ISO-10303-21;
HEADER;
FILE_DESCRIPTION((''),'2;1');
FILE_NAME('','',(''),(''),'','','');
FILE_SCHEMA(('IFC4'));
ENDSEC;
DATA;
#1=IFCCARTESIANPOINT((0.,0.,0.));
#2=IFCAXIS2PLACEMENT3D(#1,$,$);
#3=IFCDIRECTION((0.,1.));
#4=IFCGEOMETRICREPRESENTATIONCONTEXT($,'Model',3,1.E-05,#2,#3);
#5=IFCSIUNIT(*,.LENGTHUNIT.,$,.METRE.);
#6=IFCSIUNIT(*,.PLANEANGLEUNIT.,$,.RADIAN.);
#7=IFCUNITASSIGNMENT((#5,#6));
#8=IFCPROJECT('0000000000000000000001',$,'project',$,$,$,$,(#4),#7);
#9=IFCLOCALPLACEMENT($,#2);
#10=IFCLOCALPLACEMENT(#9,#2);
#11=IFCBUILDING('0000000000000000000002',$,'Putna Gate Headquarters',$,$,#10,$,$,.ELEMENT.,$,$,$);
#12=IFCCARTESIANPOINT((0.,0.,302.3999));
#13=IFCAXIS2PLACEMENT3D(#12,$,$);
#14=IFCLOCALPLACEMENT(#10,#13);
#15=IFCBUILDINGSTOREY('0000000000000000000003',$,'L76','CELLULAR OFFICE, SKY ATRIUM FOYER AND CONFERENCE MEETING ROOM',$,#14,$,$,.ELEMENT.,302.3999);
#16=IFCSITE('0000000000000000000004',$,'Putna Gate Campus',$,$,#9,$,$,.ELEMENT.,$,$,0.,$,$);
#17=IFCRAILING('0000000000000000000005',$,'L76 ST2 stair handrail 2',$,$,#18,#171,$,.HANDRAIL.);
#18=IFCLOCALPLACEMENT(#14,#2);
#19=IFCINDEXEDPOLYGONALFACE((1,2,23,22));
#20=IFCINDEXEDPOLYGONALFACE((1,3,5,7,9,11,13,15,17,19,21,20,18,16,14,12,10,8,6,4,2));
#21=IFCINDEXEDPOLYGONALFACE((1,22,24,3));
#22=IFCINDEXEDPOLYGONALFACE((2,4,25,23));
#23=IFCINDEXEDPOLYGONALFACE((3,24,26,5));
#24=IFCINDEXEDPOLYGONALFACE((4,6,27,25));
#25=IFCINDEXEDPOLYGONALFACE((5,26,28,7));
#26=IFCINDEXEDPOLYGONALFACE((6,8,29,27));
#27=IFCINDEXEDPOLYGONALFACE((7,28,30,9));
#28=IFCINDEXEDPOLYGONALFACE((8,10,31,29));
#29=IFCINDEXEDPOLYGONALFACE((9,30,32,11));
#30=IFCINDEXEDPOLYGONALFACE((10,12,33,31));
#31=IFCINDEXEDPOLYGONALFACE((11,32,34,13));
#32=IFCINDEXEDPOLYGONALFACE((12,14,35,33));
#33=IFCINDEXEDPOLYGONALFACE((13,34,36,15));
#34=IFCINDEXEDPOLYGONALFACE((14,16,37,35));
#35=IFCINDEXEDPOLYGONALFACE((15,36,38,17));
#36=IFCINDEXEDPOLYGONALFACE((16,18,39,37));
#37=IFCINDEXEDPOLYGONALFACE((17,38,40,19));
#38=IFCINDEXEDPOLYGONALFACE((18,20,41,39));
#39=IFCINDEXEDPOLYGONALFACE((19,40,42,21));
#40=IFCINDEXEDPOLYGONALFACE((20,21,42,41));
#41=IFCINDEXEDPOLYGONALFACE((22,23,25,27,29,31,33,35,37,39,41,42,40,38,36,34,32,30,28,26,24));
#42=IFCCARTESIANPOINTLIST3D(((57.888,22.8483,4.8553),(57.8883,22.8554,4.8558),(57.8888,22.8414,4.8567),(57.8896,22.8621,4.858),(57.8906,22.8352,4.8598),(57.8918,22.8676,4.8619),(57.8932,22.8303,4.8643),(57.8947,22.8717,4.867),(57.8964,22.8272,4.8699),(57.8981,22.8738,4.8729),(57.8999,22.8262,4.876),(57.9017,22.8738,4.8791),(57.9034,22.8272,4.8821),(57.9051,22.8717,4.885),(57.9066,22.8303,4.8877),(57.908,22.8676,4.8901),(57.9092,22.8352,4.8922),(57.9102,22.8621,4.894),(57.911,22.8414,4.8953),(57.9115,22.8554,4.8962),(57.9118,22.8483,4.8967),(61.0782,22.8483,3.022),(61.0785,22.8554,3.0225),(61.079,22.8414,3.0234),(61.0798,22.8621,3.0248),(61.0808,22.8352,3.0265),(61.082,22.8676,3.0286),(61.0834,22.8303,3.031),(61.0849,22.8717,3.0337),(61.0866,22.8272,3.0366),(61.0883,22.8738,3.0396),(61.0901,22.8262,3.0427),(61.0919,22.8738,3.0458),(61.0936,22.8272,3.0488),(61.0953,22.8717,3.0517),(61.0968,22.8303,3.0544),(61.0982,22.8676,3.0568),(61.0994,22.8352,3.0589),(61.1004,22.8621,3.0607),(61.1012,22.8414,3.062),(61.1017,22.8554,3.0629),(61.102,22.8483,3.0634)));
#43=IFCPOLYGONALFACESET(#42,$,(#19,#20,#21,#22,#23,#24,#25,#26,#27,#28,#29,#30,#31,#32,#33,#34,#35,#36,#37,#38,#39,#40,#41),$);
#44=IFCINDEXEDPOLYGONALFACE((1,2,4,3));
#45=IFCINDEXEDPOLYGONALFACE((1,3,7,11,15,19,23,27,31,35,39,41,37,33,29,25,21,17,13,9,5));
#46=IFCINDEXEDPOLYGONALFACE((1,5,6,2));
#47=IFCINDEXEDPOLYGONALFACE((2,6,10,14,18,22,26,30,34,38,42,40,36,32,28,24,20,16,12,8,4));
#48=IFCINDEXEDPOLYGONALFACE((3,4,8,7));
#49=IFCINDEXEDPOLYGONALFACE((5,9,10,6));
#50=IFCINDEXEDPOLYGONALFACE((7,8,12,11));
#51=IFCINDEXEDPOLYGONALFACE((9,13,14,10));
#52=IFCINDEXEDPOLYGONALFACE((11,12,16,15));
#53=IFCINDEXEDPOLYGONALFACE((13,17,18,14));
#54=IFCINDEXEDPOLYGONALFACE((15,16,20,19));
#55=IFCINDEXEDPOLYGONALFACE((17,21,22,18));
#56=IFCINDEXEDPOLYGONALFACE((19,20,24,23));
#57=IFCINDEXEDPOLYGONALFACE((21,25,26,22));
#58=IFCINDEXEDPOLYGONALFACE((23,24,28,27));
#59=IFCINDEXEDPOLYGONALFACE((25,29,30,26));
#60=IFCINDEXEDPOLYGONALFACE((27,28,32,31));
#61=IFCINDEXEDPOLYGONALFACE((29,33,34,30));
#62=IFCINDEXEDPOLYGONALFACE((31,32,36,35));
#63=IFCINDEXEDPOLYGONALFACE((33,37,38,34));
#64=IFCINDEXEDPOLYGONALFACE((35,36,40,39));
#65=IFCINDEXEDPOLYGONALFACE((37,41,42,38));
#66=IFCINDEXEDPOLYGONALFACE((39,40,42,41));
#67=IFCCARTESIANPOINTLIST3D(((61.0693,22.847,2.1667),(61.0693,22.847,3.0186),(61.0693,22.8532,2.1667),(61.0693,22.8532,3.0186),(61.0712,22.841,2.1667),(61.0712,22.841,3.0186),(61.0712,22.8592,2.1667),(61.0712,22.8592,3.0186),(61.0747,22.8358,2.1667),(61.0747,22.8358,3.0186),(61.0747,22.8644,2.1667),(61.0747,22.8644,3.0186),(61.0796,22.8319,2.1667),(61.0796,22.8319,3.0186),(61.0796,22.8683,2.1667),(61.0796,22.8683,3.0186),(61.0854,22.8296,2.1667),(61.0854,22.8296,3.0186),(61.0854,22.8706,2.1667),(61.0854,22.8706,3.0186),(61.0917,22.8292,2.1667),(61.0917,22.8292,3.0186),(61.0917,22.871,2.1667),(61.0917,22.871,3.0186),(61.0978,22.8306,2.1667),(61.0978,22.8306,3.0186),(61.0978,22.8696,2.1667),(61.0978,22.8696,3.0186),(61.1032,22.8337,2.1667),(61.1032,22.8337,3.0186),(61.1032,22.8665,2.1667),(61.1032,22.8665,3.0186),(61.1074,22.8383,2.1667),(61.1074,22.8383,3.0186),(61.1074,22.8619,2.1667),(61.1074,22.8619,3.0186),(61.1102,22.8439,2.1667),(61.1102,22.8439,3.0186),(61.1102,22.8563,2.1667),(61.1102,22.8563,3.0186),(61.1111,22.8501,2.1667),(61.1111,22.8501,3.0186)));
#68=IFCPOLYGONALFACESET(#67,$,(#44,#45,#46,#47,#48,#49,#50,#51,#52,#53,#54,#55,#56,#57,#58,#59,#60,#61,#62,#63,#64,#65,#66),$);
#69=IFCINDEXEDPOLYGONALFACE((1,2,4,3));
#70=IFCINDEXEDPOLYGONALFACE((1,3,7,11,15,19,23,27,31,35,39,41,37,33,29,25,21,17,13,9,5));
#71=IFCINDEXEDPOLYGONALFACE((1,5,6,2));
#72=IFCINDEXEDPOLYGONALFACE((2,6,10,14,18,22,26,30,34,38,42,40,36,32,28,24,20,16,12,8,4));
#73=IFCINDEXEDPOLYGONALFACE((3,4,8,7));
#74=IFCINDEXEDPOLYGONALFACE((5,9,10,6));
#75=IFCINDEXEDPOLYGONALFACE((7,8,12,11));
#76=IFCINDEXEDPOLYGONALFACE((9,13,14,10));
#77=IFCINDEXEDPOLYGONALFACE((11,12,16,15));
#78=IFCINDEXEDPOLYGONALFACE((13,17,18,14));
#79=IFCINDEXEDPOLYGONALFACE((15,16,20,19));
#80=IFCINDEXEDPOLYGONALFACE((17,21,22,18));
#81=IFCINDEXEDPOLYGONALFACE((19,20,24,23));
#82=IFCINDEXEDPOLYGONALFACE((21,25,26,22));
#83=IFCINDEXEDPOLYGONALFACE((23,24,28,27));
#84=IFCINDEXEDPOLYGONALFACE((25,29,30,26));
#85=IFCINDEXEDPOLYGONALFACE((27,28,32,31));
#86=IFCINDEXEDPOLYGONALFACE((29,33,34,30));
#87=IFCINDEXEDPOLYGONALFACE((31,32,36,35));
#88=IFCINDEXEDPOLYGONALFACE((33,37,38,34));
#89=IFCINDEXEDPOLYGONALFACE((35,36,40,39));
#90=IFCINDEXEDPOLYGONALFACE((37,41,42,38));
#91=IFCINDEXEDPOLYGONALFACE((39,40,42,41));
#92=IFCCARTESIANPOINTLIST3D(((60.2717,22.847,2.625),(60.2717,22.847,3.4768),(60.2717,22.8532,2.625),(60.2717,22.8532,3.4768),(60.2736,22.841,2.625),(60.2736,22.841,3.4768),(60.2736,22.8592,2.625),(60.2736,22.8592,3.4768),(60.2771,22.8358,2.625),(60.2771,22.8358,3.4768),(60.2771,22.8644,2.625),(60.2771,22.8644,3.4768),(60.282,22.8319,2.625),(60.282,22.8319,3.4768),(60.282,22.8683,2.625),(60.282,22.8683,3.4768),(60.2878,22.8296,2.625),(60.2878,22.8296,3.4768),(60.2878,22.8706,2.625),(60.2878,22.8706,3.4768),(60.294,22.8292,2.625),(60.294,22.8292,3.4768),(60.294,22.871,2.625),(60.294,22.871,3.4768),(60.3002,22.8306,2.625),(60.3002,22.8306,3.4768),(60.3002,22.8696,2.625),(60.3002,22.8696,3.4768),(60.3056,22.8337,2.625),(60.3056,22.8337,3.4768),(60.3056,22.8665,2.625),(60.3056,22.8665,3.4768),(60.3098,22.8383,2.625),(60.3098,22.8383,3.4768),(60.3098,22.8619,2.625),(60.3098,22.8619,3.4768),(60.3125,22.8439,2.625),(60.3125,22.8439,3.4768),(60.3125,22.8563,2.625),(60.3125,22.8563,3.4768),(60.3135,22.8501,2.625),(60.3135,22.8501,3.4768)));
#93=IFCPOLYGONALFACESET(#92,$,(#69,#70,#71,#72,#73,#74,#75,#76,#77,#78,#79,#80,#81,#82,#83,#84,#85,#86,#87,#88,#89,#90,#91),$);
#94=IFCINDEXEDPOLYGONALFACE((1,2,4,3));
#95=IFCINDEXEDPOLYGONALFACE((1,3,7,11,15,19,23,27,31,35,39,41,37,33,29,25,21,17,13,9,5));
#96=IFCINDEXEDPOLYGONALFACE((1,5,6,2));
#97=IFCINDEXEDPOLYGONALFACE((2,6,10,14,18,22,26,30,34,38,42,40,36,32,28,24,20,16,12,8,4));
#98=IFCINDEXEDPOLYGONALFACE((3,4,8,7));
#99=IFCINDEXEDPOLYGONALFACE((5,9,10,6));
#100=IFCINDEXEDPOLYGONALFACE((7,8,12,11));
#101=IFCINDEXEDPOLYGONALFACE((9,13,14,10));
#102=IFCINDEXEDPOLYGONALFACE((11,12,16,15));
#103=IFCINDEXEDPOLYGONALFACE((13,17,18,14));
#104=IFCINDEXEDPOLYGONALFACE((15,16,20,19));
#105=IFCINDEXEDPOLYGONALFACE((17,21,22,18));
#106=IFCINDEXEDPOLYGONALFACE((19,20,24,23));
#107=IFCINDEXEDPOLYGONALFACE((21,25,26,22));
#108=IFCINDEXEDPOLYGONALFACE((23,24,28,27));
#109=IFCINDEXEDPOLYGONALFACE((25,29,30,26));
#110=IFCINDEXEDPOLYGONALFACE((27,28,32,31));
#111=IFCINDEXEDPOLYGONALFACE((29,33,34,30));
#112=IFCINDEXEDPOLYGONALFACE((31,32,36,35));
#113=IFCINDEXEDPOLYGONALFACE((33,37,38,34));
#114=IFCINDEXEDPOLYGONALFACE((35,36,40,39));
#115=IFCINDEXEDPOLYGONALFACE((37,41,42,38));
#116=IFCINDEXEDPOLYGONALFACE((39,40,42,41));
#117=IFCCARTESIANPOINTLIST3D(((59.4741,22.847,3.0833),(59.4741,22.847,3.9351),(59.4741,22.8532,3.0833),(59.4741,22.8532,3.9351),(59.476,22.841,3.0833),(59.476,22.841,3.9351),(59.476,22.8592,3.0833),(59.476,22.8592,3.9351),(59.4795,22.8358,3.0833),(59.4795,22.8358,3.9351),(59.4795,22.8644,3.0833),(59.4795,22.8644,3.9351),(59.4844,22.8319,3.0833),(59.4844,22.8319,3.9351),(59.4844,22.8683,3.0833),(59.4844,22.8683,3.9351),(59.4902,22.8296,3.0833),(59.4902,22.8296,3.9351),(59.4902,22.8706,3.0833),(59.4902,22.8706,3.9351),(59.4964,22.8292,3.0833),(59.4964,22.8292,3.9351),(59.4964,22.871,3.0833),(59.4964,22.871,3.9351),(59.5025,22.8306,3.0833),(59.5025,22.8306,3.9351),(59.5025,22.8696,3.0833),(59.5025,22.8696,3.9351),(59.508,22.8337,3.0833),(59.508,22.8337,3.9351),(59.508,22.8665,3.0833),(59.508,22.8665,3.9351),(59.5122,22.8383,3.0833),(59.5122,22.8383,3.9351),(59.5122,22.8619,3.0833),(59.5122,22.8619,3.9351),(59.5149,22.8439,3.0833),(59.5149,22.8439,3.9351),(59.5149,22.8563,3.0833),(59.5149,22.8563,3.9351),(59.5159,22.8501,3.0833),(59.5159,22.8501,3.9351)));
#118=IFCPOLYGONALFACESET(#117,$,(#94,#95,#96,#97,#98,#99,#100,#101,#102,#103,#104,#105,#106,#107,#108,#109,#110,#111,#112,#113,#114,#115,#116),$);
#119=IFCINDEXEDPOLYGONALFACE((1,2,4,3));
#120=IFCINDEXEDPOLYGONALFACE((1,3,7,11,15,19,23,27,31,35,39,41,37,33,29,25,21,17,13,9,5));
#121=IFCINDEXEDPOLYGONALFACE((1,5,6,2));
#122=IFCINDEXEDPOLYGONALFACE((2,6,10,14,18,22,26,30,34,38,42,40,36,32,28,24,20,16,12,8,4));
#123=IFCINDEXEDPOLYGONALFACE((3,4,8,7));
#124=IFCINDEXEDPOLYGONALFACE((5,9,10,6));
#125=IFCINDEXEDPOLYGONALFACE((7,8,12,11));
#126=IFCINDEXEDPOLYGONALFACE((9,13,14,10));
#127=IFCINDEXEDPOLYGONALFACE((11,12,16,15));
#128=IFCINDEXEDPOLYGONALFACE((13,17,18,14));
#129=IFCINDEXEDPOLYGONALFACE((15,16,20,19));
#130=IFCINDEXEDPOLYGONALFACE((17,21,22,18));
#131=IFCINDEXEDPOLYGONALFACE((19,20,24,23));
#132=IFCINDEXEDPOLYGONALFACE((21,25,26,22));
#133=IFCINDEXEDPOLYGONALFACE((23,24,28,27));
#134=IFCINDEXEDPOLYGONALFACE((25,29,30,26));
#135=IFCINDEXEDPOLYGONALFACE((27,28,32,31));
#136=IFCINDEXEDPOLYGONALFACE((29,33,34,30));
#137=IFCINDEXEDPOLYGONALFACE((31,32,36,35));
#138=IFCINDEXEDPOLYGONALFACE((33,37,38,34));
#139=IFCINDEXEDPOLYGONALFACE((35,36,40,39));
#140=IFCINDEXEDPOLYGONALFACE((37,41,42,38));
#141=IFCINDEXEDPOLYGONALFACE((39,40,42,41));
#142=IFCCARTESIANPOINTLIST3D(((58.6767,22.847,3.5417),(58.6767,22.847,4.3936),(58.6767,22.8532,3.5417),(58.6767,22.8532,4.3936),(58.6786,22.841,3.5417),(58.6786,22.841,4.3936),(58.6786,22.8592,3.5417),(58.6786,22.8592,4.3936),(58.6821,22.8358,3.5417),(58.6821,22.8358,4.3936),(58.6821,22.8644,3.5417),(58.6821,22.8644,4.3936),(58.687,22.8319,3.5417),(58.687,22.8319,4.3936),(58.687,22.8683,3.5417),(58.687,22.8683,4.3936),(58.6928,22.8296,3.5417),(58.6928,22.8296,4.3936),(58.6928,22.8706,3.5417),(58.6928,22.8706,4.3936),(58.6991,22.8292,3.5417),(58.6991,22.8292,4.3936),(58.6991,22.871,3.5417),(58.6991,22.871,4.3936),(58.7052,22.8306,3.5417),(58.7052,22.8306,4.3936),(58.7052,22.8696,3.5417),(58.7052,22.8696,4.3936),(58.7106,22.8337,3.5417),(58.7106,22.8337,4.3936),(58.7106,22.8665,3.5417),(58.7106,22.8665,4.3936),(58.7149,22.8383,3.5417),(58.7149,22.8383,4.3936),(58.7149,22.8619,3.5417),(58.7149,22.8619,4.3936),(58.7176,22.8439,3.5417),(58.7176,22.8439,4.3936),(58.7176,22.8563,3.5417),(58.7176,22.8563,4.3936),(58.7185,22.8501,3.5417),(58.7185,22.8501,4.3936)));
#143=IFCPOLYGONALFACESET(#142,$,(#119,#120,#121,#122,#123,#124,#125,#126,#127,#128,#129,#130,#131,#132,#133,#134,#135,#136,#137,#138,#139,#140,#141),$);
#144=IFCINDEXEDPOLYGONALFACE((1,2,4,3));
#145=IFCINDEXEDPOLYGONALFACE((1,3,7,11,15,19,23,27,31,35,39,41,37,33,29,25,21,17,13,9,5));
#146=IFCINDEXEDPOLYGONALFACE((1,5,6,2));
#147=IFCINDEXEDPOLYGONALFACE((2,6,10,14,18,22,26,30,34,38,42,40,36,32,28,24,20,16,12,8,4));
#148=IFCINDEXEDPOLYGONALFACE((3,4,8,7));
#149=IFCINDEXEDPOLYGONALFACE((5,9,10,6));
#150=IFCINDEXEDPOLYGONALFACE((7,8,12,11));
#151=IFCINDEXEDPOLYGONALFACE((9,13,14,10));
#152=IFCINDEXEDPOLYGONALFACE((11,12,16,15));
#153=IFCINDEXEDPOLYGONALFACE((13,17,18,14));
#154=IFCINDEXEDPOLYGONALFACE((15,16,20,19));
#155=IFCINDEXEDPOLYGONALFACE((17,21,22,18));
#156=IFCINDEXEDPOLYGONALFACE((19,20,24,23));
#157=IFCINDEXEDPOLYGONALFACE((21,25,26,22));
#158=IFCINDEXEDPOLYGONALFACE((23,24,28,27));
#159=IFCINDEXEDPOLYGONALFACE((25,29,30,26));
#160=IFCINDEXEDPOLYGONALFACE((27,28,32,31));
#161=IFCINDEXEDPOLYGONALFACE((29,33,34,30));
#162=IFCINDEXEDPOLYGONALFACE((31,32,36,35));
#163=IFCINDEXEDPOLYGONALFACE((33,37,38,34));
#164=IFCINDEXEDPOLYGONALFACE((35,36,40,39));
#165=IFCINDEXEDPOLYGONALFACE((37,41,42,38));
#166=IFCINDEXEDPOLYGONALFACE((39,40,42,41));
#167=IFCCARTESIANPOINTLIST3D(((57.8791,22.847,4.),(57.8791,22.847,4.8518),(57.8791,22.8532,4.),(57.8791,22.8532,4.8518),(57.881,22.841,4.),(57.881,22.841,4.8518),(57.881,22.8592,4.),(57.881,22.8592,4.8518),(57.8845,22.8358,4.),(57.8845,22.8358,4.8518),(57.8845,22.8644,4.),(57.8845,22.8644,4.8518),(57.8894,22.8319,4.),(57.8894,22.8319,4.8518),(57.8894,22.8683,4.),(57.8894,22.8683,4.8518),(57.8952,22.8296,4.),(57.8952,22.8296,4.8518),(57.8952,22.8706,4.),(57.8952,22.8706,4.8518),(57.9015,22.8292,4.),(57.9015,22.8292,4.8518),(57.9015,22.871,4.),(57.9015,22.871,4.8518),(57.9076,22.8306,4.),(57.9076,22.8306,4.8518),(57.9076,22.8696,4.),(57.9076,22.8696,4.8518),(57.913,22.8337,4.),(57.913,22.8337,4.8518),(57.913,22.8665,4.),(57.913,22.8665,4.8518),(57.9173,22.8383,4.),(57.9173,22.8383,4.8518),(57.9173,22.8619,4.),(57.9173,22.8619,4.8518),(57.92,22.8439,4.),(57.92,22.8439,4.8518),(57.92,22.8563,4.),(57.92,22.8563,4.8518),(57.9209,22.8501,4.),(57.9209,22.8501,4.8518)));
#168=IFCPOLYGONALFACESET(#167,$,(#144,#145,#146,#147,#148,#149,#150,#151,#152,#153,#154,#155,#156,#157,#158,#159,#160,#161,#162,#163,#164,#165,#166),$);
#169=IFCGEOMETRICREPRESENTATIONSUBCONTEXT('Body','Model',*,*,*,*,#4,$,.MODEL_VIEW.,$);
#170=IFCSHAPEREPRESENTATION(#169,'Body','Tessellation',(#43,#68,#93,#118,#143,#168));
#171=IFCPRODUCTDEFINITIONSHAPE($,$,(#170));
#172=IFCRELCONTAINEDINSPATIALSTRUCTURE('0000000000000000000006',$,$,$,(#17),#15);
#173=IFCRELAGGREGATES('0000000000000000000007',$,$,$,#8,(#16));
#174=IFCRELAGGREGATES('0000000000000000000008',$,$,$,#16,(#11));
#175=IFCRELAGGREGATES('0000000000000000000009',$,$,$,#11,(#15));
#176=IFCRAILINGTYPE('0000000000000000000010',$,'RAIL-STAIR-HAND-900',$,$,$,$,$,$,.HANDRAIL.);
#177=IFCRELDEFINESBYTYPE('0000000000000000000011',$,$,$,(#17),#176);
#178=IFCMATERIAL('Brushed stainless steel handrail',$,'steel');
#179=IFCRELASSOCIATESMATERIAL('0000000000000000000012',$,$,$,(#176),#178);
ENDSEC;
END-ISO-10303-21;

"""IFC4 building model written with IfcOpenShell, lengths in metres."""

from ifc_helpers import new_model, si_unit, direction, frame, origin, origin_2d, place, context, subcontext, project, spatial, circle, extrude, material, type_object, element, save


model = new_model("IFC4")

# Units and contexts
model_context = context("Model", 3, precision=1e-05, world=origin(), true_north=direction((0.0, 1.0)))
body_context = subcontext(model_context, "Body", "Model", "MODEL_VIEW")
ifc_project = project(units=[si_unit("LENGTHUNIT", "METRE"), si_unit("PLANEANGLEUNIT", "RADIAN")], contexts=[model_context])

# Site, building, storey
site_placement = place(None, origin())
site = spatial("IfcSite", under=ifc_project, at=site_placement, Name="Putna Gate Campus", CompositionType="ELEMENT", RefElevation=0.0)
building_placement = place(site_placement, origin())
building = spatial("IfcBuilding", under=site, at=building_placement, Name="Putna Gate Headquarters", CompositionType="ELEMENT")
storey_placement = place(building_placement, frame((0.0, 0.0, 302.3999)))
storey = spatial("IfcBuildingStorey", under=building, at=storey_placement, Name="L76", Description="CELLULAR OFFICE, SKY ATRIUM FOYER AND CONFERENCE MEETING ROOM", CompositionType="ELEMENT", Elevation=302.3999)

# Railing
ifc_material_1 = material(Name="Brushed stainless steel handrail", Category="steel")
railing_type = type_object("IfcRailingType", Name="RAIL-STAIR-HAND-900", PredefinedType="HANDRAIL", material=ifc_material_1)
railing_placement = place(storey_placement, frame((61.0901, 22.8501, 2.1667)))
element("IfcRailing", 1, at=railing_placement, inside=storey, type_object=railing_type, Name="L76 ST2 stair handrail 2", PredefinedType="HANDRAIL", context=body_context, shape_type="SweptSolid", body=[
    extrude(circle(Radius=0.0239, at=origin_2d()), frame((0.0, 0.0, 0.876), z_axis=(-0.867036, 0.0, 0.498245), x_axis=(0.0, -1.0, 0.0)), (0.0, 0.0, 1.0), 3.6794),
    extrude(circle(Radius=0.021, at=origin_2d()), origin(), (0.0, 0.0, 1.0), 0.8518),
    extrude(circle(Radius=0.021, at=origin_2d()), frame((-0.7976, 0.0, 0.4583)), (0.0, 0.0, 1.0), 0.8518),
    extrude(circle(Radius=0.021, at=origin_2d()), frame((-1.5952, 0.0, 0.9165)), (0.0, 0.0, 1.0), 0.8518),
    extrude(circle(Radius=0.021, at=origin_2d()), frame((-2.3926, 0.0, 1.375)), (0.0, 0.0, 1.0), 0.8518),
    extrude(circle(Radius=0.021, at=origin_2d()), frame((-3.1902, 0.0, 1.8333)), (0.0, 0.0, 1.0), 0.8518),
])

save(model, "model.ifc")
